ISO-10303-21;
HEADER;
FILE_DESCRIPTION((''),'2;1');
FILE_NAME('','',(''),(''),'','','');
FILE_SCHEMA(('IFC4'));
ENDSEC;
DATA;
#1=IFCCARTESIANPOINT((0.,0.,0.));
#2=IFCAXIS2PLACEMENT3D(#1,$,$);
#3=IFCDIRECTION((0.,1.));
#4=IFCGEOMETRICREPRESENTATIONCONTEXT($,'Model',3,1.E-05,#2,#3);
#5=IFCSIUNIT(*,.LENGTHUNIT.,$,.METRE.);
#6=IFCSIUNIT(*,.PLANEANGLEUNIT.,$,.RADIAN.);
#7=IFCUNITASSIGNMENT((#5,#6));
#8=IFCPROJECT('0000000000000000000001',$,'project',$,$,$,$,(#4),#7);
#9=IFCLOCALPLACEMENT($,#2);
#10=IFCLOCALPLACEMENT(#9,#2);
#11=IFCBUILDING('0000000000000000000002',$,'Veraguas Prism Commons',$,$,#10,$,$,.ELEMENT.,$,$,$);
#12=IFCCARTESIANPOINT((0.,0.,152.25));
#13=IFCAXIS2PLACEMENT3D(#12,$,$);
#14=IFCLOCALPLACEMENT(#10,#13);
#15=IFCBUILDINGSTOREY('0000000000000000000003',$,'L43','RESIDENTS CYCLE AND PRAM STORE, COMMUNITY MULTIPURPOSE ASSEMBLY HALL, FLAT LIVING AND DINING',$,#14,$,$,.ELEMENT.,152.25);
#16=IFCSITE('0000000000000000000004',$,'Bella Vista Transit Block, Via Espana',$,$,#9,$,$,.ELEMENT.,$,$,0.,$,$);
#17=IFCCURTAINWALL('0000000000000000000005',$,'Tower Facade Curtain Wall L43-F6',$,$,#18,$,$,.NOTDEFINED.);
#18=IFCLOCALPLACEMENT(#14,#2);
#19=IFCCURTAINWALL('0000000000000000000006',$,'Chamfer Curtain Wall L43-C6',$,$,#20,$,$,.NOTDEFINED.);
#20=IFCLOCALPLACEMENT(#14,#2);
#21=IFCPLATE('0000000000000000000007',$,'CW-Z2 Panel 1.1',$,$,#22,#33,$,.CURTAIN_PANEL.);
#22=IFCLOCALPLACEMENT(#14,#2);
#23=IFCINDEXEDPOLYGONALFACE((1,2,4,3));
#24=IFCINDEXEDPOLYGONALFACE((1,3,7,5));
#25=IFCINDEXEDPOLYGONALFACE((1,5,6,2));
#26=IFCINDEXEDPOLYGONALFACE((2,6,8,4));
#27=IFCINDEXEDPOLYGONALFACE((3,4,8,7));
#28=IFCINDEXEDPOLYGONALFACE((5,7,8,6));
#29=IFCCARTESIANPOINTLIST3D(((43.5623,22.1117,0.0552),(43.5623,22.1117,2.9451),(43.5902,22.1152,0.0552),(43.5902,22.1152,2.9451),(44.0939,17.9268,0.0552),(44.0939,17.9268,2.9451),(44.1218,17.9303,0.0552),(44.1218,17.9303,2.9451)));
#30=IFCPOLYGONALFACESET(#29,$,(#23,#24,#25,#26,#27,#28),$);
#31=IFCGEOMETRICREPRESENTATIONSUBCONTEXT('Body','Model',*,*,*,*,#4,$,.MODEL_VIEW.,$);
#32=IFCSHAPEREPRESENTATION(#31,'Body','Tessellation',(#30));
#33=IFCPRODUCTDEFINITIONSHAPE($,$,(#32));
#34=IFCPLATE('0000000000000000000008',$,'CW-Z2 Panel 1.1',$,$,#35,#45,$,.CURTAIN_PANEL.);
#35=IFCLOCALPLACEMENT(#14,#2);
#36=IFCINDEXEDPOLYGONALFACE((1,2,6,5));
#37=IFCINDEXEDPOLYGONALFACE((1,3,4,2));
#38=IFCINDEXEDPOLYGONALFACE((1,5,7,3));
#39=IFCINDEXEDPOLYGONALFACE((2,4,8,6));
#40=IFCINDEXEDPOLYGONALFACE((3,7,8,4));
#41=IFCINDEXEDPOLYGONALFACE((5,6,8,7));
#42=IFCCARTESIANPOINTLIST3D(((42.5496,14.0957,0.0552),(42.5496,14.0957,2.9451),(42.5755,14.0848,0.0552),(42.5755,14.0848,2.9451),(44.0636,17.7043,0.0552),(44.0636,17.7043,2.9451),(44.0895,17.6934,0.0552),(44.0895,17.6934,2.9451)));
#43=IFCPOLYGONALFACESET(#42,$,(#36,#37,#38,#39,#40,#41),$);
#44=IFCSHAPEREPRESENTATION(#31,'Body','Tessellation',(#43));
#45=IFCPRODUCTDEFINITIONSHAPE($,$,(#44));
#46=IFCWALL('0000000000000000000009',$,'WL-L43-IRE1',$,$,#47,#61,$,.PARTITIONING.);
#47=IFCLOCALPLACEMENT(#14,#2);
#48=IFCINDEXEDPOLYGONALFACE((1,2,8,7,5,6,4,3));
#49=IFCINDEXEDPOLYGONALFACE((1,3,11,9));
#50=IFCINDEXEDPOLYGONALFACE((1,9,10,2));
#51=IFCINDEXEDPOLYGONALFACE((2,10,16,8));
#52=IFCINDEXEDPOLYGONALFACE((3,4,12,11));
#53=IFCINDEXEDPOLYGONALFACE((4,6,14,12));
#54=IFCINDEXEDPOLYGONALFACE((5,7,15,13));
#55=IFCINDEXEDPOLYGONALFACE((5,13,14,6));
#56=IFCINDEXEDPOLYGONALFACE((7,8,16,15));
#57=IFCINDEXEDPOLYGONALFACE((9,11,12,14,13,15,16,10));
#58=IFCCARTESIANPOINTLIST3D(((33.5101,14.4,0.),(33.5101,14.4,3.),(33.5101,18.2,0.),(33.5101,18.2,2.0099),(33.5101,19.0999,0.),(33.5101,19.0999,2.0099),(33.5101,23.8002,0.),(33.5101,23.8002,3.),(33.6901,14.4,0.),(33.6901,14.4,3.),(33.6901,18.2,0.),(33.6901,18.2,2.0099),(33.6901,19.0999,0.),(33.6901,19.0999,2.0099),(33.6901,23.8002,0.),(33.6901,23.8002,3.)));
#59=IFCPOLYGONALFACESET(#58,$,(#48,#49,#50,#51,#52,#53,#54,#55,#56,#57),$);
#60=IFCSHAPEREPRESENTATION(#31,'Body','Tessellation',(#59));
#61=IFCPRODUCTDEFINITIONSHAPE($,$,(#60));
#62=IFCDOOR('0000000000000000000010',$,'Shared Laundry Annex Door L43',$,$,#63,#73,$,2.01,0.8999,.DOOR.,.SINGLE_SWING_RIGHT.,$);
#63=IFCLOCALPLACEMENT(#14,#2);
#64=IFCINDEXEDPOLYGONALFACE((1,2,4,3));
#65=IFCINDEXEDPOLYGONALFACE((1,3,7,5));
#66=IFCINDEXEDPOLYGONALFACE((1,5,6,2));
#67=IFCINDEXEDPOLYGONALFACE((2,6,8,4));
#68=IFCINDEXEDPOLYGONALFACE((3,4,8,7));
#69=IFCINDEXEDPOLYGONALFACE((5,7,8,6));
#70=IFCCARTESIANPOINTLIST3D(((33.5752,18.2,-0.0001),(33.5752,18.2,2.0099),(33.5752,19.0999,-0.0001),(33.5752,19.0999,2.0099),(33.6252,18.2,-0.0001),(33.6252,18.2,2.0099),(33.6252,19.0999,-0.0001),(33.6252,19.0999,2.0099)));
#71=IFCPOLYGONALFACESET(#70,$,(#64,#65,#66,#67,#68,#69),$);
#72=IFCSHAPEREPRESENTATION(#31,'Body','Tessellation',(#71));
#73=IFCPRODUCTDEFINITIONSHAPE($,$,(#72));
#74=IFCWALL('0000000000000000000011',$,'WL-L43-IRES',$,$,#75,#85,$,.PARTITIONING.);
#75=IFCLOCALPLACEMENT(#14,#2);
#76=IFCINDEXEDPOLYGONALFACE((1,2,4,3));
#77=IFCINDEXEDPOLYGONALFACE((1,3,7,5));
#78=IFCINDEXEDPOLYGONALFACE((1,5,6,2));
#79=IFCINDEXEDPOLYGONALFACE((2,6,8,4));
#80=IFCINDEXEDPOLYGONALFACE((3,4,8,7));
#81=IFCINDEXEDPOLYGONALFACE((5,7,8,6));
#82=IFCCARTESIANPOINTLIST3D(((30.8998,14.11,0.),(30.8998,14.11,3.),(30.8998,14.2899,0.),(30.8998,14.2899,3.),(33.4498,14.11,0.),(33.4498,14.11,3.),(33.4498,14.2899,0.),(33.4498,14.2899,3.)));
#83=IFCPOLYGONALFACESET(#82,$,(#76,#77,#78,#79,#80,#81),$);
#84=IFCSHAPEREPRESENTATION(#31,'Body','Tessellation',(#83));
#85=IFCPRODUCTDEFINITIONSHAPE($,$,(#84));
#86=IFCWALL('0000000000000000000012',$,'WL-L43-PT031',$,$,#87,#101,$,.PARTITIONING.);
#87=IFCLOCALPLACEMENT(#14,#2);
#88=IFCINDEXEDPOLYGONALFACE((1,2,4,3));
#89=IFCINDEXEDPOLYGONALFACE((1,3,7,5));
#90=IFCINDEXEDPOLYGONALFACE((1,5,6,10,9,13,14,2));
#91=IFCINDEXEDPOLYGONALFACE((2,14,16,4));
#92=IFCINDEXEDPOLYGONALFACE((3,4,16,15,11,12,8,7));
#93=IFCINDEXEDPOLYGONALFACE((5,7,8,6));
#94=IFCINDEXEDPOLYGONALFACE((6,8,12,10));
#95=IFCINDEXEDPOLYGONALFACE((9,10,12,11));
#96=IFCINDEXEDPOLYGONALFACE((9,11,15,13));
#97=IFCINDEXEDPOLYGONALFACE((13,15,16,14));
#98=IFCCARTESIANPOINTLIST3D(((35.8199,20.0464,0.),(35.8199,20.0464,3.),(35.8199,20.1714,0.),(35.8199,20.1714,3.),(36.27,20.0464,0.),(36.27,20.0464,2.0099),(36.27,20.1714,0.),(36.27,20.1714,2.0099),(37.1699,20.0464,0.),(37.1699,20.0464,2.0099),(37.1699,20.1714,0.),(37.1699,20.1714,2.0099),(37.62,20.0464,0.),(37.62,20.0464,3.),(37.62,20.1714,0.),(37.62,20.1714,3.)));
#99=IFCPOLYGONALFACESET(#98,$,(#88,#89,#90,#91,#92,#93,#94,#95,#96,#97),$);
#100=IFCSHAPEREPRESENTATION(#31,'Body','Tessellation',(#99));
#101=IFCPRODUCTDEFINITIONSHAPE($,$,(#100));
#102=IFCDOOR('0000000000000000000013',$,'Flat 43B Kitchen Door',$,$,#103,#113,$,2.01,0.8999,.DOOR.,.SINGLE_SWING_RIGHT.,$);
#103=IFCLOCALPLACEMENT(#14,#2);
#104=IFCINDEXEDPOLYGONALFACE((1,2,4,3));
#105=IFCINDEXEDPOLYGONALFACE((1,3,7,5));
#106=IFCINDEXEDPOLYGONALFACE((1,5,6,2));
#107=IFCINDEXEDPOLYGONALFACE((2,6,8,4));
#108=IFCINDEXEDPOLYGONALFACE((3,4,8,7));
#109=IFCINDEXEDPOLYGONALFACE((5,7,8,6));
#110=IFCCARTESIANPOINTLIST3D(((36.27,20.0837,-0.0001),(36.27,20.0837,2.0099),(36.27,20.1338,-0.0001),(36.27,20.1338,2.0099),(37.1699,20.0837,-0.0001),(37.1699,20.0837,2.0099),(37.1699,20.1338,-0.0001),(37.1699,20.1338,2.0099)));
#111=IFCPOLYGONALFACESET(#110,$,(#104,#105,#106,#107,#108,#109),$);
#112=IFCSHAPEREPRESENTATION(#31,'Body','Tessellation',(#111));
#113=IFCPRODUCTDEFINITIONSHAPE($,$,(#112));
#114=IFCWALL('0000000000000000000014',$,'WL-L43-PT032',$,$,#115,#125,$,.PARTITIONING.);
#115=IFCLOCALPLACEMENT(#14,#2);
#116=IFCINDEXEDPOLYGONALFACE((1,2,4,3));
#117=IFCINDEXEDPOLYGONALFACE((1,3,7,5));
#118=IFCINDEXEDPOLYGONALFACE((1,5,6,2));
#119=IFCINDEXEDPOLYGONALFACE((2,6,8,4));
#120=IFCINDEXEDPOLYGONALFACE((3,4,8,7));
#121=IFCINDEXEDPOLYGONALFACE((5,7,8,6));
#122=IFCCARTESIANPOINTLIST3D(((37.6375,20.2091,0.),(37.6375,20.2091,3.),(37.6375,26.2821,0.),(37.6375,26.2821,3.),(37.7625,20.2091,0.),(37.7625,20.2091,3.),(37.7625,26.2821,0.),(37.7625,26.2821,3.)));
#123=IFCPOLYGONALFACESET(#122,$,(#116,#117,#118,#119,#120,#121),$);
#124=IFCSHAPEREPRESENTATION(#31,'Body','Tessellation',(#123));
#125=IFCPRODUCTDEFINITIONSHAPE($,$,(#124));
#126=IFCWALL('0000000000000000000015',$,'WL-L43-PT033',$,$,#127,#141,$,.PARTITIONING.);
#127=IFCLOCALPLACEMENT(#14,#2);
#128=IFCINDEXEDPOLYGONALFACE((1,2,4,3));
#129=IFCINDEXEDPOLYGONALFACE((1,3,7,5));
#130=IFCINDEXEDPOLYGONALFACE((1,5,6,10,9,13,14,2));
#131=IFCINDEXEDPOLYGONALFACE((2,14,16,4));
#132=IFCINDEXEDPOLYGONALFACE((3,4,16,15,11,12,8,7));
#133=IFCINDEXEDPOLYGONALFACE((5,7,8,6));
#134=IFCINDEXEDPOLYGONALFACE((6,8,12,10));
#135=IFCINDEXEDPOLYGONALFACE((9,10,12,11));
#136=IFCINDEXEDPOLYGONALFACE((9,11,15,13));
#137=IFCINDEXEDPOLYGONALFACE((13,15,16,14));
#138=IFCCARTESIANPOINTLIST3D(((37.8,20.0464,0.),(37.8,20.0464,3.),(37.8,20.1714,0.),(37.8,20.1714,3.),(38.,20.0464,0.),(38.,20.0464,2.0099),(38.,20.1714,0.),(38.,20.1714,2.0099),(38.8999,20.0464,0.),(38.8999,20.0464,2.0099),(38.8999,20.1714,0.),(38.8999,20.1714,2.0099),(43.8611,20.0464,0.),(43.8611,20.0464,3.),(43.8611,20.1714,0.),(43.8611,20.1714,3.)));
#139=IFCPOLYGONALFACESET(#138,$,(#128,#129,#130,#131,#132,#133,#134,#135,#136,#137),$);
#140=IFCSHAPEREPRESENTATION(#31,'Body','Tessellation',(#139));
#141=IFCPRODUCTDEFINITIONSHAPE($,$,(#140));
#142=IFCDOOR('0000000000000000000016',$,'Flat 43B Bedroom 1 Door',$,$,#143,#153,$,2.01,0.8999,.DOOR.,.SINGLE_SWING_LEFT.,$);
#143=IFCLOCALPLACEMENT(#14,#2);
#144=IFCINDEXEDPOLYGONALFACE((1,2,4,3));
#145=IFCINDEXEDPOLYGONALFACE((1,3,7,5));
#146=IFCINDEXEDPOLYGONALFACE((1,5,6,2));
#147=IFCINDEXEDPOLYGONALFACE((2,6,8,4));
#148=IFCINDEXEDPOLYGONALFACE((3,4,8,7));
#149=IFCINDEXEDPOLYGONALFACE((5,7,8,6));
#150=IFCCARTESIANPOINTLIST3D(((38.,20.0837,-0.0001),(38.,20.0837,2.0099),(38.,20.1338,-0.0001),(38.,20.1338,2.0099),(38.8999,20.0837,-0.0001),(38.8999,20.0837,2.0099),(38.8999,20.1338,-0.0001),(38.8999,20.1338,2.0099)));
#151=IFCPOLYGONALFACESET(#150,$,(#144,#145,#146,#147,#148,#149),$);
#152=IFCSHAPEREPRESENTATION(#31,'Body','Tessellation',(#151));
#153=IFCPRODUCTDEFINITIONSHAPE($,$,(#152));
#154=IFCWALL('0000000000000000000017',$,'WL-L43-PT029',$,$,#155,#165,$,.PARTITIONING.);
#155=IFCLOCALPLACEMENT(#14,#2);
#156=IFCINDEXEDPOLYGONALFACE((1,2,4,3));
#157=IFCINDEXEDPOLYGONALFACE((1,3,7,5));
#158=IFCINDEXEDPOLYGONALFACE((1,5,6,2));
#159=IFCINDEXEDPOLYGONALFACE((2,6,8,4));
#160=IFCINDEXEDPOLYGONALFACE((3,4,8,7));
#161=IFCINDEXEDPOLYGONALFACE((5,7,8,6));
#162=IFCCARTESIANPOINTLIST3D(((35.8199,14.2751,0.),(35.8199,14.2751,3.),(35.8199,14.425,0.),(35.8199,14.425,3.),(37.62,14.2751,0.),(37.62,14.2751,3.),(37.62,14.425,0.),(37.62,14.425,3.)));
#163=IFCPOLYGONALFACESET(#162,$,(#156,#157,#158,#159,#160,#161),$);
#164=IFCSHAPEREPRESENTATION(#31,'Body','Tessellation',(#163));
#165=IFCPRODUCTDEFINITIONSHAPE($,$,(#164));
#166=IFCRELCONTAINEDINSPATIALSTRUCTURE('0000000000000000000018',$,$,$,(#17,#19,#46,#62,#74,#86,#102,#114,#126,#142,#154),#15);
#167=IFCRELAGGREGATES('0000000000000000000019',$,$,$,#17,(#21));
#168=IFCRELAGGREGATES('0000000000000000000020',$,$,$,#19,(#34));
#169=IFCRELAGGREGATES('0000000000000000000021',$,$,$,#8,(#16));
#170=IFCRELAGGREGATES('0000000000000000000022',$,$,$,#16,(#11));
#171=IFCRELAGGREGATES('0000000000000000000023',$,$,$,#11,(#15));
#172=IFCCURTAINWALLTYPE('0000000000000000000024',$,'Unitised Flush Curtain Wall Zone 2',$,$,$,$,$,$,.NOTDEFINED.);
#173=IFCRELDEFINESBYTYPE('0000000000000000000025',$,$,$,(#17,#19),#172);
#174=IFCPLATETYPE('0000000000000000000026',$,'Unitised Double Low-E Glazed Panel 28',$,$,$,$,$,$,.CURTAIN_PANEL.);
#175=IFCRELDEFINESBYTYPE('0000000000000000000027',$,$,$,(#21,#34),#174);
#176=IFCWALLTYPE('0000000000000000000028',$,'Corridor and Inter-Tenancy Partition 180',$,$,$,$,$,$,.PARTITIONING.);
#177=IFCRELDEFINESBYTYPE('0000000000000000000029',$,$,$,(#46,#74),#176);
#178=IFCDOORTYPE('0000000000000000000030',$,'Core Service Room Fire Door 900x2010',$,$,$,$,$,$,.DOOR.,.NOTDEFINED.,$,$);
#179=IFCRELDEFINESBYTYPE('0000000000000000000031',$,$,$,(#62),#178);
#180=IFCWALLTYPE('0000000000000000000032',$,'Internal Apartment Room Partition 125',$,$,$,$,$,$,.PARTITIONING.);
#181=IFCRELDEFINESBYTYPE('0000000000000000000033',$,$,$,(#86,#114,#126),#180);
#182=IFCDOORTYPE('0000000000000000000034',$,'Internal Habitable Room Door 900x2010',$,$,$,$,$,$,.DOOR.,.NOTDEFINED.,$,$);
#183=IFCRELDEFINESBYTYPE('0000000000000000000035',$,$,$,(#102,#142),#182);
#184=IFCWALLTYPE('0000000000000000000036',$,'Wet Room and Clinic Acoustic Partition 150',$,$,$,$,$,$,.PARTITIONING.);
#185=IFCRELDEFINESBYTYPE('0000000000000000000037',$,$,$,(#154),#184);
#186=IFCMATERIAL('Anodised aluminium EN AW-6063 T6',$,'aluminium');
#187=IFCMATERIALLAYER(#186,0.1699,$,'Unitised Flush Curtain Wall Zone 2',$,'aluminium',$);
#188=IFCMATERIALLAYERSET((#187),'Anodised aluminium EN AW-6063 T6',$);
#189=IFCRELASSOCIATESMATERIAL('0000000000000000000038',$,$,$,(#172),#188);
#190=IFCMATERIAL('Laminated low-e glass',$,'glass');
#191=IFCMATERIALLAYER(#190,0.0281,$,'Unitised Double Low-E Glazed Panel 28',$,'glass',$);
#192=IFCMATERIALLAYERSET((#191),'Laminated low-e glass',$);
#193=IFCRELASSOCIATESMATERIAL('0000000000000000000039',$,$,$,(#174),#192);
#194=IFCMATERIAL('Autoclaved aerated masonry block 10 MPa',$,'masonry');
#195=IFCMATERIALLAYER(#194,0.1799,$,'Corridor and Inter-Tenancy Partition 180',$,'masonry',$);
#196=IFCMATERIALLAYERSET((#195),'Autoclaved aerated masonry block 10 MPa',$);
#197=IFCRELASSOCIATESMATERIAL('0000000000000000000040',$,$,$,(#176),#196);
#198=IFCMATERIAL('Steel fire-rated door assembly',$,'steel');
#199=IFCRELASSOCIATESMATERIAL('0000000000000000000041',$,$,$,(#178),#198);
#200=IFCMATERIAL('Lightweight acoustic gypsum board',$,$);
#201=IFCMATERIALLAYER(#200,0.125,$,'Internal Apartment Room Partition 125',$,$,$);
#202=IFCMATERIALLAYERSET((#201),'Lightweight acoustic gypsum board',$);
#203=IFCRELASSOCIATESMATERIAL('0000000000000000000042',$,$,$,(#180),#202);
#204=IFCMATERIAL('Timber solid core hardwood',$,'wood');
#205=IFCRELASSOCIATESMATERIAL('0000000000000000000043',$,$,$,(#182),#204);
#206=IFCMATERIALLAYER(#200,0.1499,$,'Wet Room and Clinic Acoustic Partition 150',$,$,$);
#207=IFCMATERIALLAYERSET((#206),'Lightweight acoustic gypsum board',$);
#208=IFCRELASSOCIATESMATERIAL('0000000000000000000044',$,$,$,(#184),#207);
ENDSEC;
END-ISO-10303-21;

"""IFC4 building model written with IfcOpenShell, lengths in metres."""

from ifc_helpers import new_model, si_unit, direction, frame, frame_2d, origin, origin_2d, place, context, subcontext, project, spatial, rectangle, extrude, source, transform, mapped, material, layer, layer_set, type_object, element, fill, aggregate, save


model = new_model("IFC4")

# Units and contexts
model_context = context("Model", 3, precision=1e-05, world=origin(), true_north=direction((0.0, 1.0)))
body_context = subcontext(model_context, "Body", "Model", "MODEL_VIEW")
ifc_project = project(units=[si_unit("LENGTHUNIT", "METRE"), si_unit("PLANEANGLEUNIT", "RADIAN")], contexts=[model_context])

# Site, building, storey
site_placement = place(None, origin())
site = spatial("IfcSite", under=ifc_project, at=site_placement, Name="Bella Vista Transit Block, Via Espana", CompositionType="ELEMENT", RefElevation=0.0)
building_placement = place(site_placement, origin())
building = spatial("IfcBuilding", under=site, at=building_placement, Name="Veraguas Prism Commons", CompositionType="ELEMENT")
storey_placement = place(building_placement, frame((0.0, 0.0, 152.25)))
storey = spatial("IfcBuildingStorey", under=building, at=storey_placement, Name="L43", Description="RESIDENTS CYCLE AND PRAM STORE, COMMUNITY MULTIPURPOSE ASSEMBLY HALL, FLAT LIVING AND DINING", CompositionType="ELEMENT", Elevation=152.25)

# Curtain walls
ifc_material_1 = material(Name="Anodised aluminium EN AW-6063 T6", Category="aluminium")
ifc_layer_1 = layer(ifc_material_1, 0.1699, Name="Unitised Flush Curtain Wall Zone 2", Category="aluminium")
ifc_layer_set_1 = layer_set([ifc_layer_1], Name="Anodised aluminium EN AW-6063 T6")
curtain_wall_type = type_object("IfcCurtainWallType", Name="Unitised Flush Curtain Wall Zone 2", PredefinedType="NOTDEFINED", material=ifc_layer_set_1)
curtain_wall_1_placement = place(storey_placement, origin())
curtain_wall_1 = element("IfcCurtainWall", 1, at=curtain_wall_1_placement, inside=storey, type_object=curtain_wall_type, Name="Tower Facade Curtain Wall L43-F6", PredefinedType="NOTDEFINED")
curtain_wall_2_placement = place(storey_placement, origin())
curtain_wall_2 = element("IfcCurtainWall", 2, at=curtain_wall_2_placement, inside=storey, type_object=curtain_wall_type, Name="Chamfer Curtain Wall L43-C6", PredefinedType="NOTDEFINED")

# Plates
ifc_material_2 = material(Name="Laminated low-e glass", Category="glass")
ifc_layer_2 = layer(ifc_material_2, 0.0281, Name="Unitised Double Low-E Glazed Panel 28", Category="glass")
ifc_layer_set_2 = layer_set([ifc_layer_2], Name="Laminated low-e glass")
plate_type = type_object("IfcPlateType", Name="Unitised Double Low-E Glazed Panel 28", PredefinedType="CURTAIN_PANEL", material=ifc_layer_set_2)
shared_shape_1 = source(origin(), body_context, "Body", "SweptSolid", [
    extrude(rectangle(XDim=4.2185, YDim=0.0281, at=origin_2d()), origin(), (0.0, 0.0, 1.0), 2.8899),
])
plate_1_placement = place(storey_placement, frame((43.842, 20.021, 0.0552), z_axis=(0.0, 0.0, 1.0), x_axis=(-0.126021, 0.992028, 0.0)))
plate_1 = element("IfcPlate", 3, at=plate_1_placement, type_object=plate_type, Name="CW-Z2 Panel 1.1", PredefinedType="CURTAIN_PANEL", context=body_context, shape_type="MappedRepresentation", body=[
    mapped(shared_shape_1, transform((0.0, 0.0, 0.0), scale=1.0)),
])
aggregate(curtain_wall_1, [plate_1])
shared_shape_2 = source(origin(), body_context, "Body", "SweptSolid", [
    extrude(rectangle(XDim=3.9133, YDim=0.0281, at=origin_2d()), origin(), (0.0, 0.0, 1.0), 2.8899),
])
plate_2_placement = place(storey_placement, frame((43.3196, 15.8945, 0.0552), z_axis=(0.0, 0.0, 1.0), x_axis=(0.386882, 0.922129, 0.0)))
plate_2 = element("IfcPlate", 4, at=plate_2_placement, type_object=plate_type, Name="CW-Z2 Panel 1.1", PredefinedType="CURTAIN_PANEL", context=body_context, shape_type="MappedRepresentation", body=[
    mapped(shared_shape_2, transform((0.0, 0.0, 0.0), scale=1.0)),
])
aggregate(curtain_wall_2, [plate_2])

# Wall, opening, door
ifc_material_3 = material(Name="Autoclaved aerated masonry block 10 MPa", Category="masonry")
ifc_layer_3 = layer(ifc_material_3, 0.1799, Name="Corridor and Inter-Tenancy Partition 180", Category="masonry")
ifc_layer_set_3 = layer_set([ifc_layer_3], Name="Autoclaved aerated masonry block 10 MPa")
wall_type_1 = type_object("IfcWallType", Name="Corridor and Inter-Tenancy Partition 180", PredefinedType="PARTITIONING", material=ifc_layer_set_3)
wall_1_placement = place(storey_placement, frame((33.6001, 14.3999, 0.0), z_axis=(0.0, 0.0, 1.0), x_axis=(0.0, 1.0, 0.0)))
wall_1 = element("IfcWall", 5, at=wall_1_placement, inside=storey, type_object=wall_type_1, Name="WL-L43-IRE1", PredefinedType="PARTITIONING", context=body_context, shape_type="SweptSolid", body=[
    extrude(rectangle(XDim=9.4001, YDim=0.1799, at=frame_2d((4.7002, 0.0))), origin(), (0.0, 0.0, 1.0), 3.0),
])
opening_1_placement = place(wall_1_placement, frame((3.8, 0.0, 0.0)))
opening_1 = element("IfcOpeningElement", 6, at=opening_1_placement, cuts=wall_1, PredefinedType="OPENING", context=body_context, shape_type="SweptSolid", body=[
    extrude(rectangle(XDim=0.8999, YDim=2.01, at=frame_2d((0.45, 1.0049))), frame((0.0, 0.0999, 0.0), z_axis=(0.0, -1.0, 0.0), x_axis=(1.0, 0.0, 0.0)), (0.0, 0.0, 1.0), 0.2),
])
ifc_material_4 = material(Name="Steel fire-rated door assembly", Category="steel")
door_type_1 = type_object("IfcDoorType", Name="Core Service Room Fire Door 900x2010", OperationType="NOTDEFINED", PredefinedType="DOOR", material=ifc_material_4)
shared_shape_3 = source(origin(), body_context, "Body", "SweptSolid", [
    extrude(rectangle(XDim=0.8999, YDim=2.01, at=frame_2d((0.45, 1.0049))), frame((0.0, 0.0249, 0.0), z_axis=(0.0, -1.0, 0.0), x_axis=(1.0, 0.0, 0.0)), (0.0, 0.0, 1.0), 0.05),
])
door_1_placement = place(opening_1_placement, origin())
door_1 = element("IfcDoor", 7, at=door_1_placement, inside=storey, type_object=door_type_1, Name="Shared Laundry Annex Door L43", OperationType="SINGLE_SWING_RIGHT", OverallHeight=2.01, OverallWidth=0.8999, PredefinedType="DOOR", context=body_context, shape_type="MappedRepresentation", body=[
    mapped(shared_shape_3, transform((0.0, 0.0, 0.0), scale=1.0)),
])
fill(opening_1, door_1)

# Wall
wall_2_placement = place(storey_placement, frame((30.8999, 14.2, 0.0), z_axis=(0.0, 0.0, 1.0), x_axis=(1.0, 0.0, 0.0)))
element("IfcWall", 8, at=wall_2_placement, inside=storey, type_object=wall_type_1, Name="WL-L43-IRES", PredefinedType="PARTITIONING", context=body_context, shape_type="SweptSolid", body=[
    extrude(rectangle(XDim=2.55, YDim=0.1799, at=frame_2d((1.2749, 0.0))), origin(), (0.0, 0.0, 1.0), 3.0),
])

# Wall, opening, door
ifc_material_5 = material(Name="Lightweight acoustic gypsum board")
ifc_layer_4 = layer(ifc_material_5, 0.125, Name="Internal Apartment Room Partition 125")
ifc_layer_set_4 = layer_set([ifc_layer_4], Name="Lightweight acoustic gypsum board")
wall_type_2 = type_object("IfcWallType", Name="Internal Apartment Room Partition 125", PredefinedType="PARTITIONING", material=ifc_layer_set_4)
wall_3_placement = place(storey_placement, frame((35.8201, 20.1089, 0.0), z_axis=(0.0, 0.0, 1.0), x_axis=(1.0, 0.0, 0.0)))
wall_3 = element("IfcWall", 9, at=wall_3_placement, inside=storey, type_object=wall_type_2, Name="WL-L43-PT031", PredefinedType="PARTITIONING", context=body_context, shape_type="SweptSolid", body=[
    extrude(rectangle(XDim=1.8, YDim=0.125, at=frame_2d((0.8999, 0.0))), origin(), (0.0, 0.0, 1.0), 3.0),
])
opening_2_placement = place(wall_3_placement, frame((0.45, 0.0, 0.0)))
opening_2 = element("IfcOpeningElement", 10, at=opening_2_placement, cuts=wall_3, PredefinedType="OPENING", context=body_context, shape_type="SweptSolid", body=[
    extrude(rectangle(XDim=0.8999, YDim=2.01, at=frame_2d((0.45, 1.0049))), frame((0.0, 0.0725, 0.0), z_axis=(0.0, -1.0, 0.0), x_axis=(1.0, 0.0, 0.0)), (0.0, 0.0, 1.0), 0.145),
])
ifc_material_6 = material(Name="Timber solid core hardwood", Category="wood")
door_type_2 = type_object("IfcDoorType", Name="Internal Habitable Room Door 900x2010", OperationType="NOTDEFINED", PredefinedType="DOOR", material=ifc_material_6)
door_2_placement = place(opening_2_placement, origin())
door_2 = element("IfcDoor", 11, at=door_2_placement, inside=storey, type_object=door_type_2, Name="Flat 43B Kitchen Door", OperationType="SINGLE_SWING_RIGHT", OverallHeight=2.01, OverallWidth=0.8999, PredefinedType="DOOR", context=body_context, shape_type="MappedRepresentation", body=[
    mapped(shared_shape_3, transform((0.0, 0.0, 0.0), scale=1.0)),
])
fill(opening_2, door_2)

# Wall
wall_4_placement = place(storey_placement, frame((37.7, 20.209, 0.0), z_axis=(0.0, 0.0, 1.0), x_axis=(0.0, 1.0, 0.0)))
element("IfcWall", 12, at=wall_4_placement, inside=storey, type_object=wall_type_2, Name="WL-L43-PT032", PredefinedType="PARTITIONING", context=body_context, shape_type="SweptSolid", body=[
    extrude(rectangle(XDim=6.073, YDim=0.125, at=frame_2d((3.0366, 0.0))), origin(), (0.0, 0.0, 1.0), 3.0),
])

# Wall, opening, door
wall_5_placement = place(storey_placement, frame((37.8, 20.1089, 0.0), z_axis=(0.0, 0.0, 1.0), x_axis=(1.0, 0.0, 0.0)))
wall_5 = element("IfcWall", 13, at=wall_5_placement, inside=storey, type_object=wall_type_2, Name="WL-L43-PT033", PredefinedType="PARTITIONING", context=body_context, shape_type="SweptSolid", body=[
    extrude(rectangle(XDim=6.061, YDim=0.125, at=frame_2d((3.0305, 0.0))), origin(), (0.0, 0.0, 1.0), 3.0),
])
opening_3_placement = place(wall_5_placement, frame((0.2, 0.0, 0.0)))
opening_3 = element("IfcOpeningElement", 14, at=opening_3_placement, cuts=wall_5, PredefinedType="OPENING", context=body_context, shape_type="SweptSolid", body=[
    extrude(rectangle(XDim=0.8999, YDim=2.01, at=frame_2d((0.45, 1.0049))), frame((0.0, 0.0725, 0.0), z_axis=(0.0, -1.0, 0.0), x_axis=(1.0, 0.0, 0.0)), (0.0, 0.0, 1.0), 0.145),
])
door_3_placement = place(opening_3_placement, origin())
door_3 = element("IfcDoor", 15, at=door_3_placement, inside=storey, type_object=door_type_2, Name="Flat 43B Bedroom 1 Door", OperationType="SINGLE_SWING_LEFT", OverallHeight=2.01, OverallWidth=0.8999, PredefinedType="DOOR", context=body_context, shape_type="MappedRepresentation", body=[
    mapped(shared_shape_3, transform((0.0, 0.0, 0.0), scale=1.0)),
])
fill(opening_3, door_3)

# Wall
ifc_layer_5 = layer(ifc_material_5, 0.1499, Name="Wet Room and Clinic Acoustic Partition 150")
ifc_layer_set_5 = layer_set([ifc_layer_5], Name="Lightweight acoustic gypsum board")
wall_type_3 = type_object("IfcWallType", Name="Wet Room and Clinic Acoustic Partition 150", PredefinedType="PARTITIONING", material=ifc_layer_set_5)
wall_6_placement = place(storey_placement, frame((35.8201, 14.3501, 0.0), z_axis=(0.0, 0.0, 1.0), x_axis=(1.0, 0.0, 0.0)))
element("IfcWall", 16, at=wall_6_placement, inside=storey, type_object=wall_type_3, Name="WL-L43-PT029", PredefinedType="PARTITIONING", context=body_context, shape_type="SweptSolid", body=[
    extrude(rectangle(XDim=1.8, YDim=0.1499, at=frame_2d((0.8999, 0.0))), origin(), (0.0, 0.0, 1.0), 3.0),
])

save(model, "model.ifc")
